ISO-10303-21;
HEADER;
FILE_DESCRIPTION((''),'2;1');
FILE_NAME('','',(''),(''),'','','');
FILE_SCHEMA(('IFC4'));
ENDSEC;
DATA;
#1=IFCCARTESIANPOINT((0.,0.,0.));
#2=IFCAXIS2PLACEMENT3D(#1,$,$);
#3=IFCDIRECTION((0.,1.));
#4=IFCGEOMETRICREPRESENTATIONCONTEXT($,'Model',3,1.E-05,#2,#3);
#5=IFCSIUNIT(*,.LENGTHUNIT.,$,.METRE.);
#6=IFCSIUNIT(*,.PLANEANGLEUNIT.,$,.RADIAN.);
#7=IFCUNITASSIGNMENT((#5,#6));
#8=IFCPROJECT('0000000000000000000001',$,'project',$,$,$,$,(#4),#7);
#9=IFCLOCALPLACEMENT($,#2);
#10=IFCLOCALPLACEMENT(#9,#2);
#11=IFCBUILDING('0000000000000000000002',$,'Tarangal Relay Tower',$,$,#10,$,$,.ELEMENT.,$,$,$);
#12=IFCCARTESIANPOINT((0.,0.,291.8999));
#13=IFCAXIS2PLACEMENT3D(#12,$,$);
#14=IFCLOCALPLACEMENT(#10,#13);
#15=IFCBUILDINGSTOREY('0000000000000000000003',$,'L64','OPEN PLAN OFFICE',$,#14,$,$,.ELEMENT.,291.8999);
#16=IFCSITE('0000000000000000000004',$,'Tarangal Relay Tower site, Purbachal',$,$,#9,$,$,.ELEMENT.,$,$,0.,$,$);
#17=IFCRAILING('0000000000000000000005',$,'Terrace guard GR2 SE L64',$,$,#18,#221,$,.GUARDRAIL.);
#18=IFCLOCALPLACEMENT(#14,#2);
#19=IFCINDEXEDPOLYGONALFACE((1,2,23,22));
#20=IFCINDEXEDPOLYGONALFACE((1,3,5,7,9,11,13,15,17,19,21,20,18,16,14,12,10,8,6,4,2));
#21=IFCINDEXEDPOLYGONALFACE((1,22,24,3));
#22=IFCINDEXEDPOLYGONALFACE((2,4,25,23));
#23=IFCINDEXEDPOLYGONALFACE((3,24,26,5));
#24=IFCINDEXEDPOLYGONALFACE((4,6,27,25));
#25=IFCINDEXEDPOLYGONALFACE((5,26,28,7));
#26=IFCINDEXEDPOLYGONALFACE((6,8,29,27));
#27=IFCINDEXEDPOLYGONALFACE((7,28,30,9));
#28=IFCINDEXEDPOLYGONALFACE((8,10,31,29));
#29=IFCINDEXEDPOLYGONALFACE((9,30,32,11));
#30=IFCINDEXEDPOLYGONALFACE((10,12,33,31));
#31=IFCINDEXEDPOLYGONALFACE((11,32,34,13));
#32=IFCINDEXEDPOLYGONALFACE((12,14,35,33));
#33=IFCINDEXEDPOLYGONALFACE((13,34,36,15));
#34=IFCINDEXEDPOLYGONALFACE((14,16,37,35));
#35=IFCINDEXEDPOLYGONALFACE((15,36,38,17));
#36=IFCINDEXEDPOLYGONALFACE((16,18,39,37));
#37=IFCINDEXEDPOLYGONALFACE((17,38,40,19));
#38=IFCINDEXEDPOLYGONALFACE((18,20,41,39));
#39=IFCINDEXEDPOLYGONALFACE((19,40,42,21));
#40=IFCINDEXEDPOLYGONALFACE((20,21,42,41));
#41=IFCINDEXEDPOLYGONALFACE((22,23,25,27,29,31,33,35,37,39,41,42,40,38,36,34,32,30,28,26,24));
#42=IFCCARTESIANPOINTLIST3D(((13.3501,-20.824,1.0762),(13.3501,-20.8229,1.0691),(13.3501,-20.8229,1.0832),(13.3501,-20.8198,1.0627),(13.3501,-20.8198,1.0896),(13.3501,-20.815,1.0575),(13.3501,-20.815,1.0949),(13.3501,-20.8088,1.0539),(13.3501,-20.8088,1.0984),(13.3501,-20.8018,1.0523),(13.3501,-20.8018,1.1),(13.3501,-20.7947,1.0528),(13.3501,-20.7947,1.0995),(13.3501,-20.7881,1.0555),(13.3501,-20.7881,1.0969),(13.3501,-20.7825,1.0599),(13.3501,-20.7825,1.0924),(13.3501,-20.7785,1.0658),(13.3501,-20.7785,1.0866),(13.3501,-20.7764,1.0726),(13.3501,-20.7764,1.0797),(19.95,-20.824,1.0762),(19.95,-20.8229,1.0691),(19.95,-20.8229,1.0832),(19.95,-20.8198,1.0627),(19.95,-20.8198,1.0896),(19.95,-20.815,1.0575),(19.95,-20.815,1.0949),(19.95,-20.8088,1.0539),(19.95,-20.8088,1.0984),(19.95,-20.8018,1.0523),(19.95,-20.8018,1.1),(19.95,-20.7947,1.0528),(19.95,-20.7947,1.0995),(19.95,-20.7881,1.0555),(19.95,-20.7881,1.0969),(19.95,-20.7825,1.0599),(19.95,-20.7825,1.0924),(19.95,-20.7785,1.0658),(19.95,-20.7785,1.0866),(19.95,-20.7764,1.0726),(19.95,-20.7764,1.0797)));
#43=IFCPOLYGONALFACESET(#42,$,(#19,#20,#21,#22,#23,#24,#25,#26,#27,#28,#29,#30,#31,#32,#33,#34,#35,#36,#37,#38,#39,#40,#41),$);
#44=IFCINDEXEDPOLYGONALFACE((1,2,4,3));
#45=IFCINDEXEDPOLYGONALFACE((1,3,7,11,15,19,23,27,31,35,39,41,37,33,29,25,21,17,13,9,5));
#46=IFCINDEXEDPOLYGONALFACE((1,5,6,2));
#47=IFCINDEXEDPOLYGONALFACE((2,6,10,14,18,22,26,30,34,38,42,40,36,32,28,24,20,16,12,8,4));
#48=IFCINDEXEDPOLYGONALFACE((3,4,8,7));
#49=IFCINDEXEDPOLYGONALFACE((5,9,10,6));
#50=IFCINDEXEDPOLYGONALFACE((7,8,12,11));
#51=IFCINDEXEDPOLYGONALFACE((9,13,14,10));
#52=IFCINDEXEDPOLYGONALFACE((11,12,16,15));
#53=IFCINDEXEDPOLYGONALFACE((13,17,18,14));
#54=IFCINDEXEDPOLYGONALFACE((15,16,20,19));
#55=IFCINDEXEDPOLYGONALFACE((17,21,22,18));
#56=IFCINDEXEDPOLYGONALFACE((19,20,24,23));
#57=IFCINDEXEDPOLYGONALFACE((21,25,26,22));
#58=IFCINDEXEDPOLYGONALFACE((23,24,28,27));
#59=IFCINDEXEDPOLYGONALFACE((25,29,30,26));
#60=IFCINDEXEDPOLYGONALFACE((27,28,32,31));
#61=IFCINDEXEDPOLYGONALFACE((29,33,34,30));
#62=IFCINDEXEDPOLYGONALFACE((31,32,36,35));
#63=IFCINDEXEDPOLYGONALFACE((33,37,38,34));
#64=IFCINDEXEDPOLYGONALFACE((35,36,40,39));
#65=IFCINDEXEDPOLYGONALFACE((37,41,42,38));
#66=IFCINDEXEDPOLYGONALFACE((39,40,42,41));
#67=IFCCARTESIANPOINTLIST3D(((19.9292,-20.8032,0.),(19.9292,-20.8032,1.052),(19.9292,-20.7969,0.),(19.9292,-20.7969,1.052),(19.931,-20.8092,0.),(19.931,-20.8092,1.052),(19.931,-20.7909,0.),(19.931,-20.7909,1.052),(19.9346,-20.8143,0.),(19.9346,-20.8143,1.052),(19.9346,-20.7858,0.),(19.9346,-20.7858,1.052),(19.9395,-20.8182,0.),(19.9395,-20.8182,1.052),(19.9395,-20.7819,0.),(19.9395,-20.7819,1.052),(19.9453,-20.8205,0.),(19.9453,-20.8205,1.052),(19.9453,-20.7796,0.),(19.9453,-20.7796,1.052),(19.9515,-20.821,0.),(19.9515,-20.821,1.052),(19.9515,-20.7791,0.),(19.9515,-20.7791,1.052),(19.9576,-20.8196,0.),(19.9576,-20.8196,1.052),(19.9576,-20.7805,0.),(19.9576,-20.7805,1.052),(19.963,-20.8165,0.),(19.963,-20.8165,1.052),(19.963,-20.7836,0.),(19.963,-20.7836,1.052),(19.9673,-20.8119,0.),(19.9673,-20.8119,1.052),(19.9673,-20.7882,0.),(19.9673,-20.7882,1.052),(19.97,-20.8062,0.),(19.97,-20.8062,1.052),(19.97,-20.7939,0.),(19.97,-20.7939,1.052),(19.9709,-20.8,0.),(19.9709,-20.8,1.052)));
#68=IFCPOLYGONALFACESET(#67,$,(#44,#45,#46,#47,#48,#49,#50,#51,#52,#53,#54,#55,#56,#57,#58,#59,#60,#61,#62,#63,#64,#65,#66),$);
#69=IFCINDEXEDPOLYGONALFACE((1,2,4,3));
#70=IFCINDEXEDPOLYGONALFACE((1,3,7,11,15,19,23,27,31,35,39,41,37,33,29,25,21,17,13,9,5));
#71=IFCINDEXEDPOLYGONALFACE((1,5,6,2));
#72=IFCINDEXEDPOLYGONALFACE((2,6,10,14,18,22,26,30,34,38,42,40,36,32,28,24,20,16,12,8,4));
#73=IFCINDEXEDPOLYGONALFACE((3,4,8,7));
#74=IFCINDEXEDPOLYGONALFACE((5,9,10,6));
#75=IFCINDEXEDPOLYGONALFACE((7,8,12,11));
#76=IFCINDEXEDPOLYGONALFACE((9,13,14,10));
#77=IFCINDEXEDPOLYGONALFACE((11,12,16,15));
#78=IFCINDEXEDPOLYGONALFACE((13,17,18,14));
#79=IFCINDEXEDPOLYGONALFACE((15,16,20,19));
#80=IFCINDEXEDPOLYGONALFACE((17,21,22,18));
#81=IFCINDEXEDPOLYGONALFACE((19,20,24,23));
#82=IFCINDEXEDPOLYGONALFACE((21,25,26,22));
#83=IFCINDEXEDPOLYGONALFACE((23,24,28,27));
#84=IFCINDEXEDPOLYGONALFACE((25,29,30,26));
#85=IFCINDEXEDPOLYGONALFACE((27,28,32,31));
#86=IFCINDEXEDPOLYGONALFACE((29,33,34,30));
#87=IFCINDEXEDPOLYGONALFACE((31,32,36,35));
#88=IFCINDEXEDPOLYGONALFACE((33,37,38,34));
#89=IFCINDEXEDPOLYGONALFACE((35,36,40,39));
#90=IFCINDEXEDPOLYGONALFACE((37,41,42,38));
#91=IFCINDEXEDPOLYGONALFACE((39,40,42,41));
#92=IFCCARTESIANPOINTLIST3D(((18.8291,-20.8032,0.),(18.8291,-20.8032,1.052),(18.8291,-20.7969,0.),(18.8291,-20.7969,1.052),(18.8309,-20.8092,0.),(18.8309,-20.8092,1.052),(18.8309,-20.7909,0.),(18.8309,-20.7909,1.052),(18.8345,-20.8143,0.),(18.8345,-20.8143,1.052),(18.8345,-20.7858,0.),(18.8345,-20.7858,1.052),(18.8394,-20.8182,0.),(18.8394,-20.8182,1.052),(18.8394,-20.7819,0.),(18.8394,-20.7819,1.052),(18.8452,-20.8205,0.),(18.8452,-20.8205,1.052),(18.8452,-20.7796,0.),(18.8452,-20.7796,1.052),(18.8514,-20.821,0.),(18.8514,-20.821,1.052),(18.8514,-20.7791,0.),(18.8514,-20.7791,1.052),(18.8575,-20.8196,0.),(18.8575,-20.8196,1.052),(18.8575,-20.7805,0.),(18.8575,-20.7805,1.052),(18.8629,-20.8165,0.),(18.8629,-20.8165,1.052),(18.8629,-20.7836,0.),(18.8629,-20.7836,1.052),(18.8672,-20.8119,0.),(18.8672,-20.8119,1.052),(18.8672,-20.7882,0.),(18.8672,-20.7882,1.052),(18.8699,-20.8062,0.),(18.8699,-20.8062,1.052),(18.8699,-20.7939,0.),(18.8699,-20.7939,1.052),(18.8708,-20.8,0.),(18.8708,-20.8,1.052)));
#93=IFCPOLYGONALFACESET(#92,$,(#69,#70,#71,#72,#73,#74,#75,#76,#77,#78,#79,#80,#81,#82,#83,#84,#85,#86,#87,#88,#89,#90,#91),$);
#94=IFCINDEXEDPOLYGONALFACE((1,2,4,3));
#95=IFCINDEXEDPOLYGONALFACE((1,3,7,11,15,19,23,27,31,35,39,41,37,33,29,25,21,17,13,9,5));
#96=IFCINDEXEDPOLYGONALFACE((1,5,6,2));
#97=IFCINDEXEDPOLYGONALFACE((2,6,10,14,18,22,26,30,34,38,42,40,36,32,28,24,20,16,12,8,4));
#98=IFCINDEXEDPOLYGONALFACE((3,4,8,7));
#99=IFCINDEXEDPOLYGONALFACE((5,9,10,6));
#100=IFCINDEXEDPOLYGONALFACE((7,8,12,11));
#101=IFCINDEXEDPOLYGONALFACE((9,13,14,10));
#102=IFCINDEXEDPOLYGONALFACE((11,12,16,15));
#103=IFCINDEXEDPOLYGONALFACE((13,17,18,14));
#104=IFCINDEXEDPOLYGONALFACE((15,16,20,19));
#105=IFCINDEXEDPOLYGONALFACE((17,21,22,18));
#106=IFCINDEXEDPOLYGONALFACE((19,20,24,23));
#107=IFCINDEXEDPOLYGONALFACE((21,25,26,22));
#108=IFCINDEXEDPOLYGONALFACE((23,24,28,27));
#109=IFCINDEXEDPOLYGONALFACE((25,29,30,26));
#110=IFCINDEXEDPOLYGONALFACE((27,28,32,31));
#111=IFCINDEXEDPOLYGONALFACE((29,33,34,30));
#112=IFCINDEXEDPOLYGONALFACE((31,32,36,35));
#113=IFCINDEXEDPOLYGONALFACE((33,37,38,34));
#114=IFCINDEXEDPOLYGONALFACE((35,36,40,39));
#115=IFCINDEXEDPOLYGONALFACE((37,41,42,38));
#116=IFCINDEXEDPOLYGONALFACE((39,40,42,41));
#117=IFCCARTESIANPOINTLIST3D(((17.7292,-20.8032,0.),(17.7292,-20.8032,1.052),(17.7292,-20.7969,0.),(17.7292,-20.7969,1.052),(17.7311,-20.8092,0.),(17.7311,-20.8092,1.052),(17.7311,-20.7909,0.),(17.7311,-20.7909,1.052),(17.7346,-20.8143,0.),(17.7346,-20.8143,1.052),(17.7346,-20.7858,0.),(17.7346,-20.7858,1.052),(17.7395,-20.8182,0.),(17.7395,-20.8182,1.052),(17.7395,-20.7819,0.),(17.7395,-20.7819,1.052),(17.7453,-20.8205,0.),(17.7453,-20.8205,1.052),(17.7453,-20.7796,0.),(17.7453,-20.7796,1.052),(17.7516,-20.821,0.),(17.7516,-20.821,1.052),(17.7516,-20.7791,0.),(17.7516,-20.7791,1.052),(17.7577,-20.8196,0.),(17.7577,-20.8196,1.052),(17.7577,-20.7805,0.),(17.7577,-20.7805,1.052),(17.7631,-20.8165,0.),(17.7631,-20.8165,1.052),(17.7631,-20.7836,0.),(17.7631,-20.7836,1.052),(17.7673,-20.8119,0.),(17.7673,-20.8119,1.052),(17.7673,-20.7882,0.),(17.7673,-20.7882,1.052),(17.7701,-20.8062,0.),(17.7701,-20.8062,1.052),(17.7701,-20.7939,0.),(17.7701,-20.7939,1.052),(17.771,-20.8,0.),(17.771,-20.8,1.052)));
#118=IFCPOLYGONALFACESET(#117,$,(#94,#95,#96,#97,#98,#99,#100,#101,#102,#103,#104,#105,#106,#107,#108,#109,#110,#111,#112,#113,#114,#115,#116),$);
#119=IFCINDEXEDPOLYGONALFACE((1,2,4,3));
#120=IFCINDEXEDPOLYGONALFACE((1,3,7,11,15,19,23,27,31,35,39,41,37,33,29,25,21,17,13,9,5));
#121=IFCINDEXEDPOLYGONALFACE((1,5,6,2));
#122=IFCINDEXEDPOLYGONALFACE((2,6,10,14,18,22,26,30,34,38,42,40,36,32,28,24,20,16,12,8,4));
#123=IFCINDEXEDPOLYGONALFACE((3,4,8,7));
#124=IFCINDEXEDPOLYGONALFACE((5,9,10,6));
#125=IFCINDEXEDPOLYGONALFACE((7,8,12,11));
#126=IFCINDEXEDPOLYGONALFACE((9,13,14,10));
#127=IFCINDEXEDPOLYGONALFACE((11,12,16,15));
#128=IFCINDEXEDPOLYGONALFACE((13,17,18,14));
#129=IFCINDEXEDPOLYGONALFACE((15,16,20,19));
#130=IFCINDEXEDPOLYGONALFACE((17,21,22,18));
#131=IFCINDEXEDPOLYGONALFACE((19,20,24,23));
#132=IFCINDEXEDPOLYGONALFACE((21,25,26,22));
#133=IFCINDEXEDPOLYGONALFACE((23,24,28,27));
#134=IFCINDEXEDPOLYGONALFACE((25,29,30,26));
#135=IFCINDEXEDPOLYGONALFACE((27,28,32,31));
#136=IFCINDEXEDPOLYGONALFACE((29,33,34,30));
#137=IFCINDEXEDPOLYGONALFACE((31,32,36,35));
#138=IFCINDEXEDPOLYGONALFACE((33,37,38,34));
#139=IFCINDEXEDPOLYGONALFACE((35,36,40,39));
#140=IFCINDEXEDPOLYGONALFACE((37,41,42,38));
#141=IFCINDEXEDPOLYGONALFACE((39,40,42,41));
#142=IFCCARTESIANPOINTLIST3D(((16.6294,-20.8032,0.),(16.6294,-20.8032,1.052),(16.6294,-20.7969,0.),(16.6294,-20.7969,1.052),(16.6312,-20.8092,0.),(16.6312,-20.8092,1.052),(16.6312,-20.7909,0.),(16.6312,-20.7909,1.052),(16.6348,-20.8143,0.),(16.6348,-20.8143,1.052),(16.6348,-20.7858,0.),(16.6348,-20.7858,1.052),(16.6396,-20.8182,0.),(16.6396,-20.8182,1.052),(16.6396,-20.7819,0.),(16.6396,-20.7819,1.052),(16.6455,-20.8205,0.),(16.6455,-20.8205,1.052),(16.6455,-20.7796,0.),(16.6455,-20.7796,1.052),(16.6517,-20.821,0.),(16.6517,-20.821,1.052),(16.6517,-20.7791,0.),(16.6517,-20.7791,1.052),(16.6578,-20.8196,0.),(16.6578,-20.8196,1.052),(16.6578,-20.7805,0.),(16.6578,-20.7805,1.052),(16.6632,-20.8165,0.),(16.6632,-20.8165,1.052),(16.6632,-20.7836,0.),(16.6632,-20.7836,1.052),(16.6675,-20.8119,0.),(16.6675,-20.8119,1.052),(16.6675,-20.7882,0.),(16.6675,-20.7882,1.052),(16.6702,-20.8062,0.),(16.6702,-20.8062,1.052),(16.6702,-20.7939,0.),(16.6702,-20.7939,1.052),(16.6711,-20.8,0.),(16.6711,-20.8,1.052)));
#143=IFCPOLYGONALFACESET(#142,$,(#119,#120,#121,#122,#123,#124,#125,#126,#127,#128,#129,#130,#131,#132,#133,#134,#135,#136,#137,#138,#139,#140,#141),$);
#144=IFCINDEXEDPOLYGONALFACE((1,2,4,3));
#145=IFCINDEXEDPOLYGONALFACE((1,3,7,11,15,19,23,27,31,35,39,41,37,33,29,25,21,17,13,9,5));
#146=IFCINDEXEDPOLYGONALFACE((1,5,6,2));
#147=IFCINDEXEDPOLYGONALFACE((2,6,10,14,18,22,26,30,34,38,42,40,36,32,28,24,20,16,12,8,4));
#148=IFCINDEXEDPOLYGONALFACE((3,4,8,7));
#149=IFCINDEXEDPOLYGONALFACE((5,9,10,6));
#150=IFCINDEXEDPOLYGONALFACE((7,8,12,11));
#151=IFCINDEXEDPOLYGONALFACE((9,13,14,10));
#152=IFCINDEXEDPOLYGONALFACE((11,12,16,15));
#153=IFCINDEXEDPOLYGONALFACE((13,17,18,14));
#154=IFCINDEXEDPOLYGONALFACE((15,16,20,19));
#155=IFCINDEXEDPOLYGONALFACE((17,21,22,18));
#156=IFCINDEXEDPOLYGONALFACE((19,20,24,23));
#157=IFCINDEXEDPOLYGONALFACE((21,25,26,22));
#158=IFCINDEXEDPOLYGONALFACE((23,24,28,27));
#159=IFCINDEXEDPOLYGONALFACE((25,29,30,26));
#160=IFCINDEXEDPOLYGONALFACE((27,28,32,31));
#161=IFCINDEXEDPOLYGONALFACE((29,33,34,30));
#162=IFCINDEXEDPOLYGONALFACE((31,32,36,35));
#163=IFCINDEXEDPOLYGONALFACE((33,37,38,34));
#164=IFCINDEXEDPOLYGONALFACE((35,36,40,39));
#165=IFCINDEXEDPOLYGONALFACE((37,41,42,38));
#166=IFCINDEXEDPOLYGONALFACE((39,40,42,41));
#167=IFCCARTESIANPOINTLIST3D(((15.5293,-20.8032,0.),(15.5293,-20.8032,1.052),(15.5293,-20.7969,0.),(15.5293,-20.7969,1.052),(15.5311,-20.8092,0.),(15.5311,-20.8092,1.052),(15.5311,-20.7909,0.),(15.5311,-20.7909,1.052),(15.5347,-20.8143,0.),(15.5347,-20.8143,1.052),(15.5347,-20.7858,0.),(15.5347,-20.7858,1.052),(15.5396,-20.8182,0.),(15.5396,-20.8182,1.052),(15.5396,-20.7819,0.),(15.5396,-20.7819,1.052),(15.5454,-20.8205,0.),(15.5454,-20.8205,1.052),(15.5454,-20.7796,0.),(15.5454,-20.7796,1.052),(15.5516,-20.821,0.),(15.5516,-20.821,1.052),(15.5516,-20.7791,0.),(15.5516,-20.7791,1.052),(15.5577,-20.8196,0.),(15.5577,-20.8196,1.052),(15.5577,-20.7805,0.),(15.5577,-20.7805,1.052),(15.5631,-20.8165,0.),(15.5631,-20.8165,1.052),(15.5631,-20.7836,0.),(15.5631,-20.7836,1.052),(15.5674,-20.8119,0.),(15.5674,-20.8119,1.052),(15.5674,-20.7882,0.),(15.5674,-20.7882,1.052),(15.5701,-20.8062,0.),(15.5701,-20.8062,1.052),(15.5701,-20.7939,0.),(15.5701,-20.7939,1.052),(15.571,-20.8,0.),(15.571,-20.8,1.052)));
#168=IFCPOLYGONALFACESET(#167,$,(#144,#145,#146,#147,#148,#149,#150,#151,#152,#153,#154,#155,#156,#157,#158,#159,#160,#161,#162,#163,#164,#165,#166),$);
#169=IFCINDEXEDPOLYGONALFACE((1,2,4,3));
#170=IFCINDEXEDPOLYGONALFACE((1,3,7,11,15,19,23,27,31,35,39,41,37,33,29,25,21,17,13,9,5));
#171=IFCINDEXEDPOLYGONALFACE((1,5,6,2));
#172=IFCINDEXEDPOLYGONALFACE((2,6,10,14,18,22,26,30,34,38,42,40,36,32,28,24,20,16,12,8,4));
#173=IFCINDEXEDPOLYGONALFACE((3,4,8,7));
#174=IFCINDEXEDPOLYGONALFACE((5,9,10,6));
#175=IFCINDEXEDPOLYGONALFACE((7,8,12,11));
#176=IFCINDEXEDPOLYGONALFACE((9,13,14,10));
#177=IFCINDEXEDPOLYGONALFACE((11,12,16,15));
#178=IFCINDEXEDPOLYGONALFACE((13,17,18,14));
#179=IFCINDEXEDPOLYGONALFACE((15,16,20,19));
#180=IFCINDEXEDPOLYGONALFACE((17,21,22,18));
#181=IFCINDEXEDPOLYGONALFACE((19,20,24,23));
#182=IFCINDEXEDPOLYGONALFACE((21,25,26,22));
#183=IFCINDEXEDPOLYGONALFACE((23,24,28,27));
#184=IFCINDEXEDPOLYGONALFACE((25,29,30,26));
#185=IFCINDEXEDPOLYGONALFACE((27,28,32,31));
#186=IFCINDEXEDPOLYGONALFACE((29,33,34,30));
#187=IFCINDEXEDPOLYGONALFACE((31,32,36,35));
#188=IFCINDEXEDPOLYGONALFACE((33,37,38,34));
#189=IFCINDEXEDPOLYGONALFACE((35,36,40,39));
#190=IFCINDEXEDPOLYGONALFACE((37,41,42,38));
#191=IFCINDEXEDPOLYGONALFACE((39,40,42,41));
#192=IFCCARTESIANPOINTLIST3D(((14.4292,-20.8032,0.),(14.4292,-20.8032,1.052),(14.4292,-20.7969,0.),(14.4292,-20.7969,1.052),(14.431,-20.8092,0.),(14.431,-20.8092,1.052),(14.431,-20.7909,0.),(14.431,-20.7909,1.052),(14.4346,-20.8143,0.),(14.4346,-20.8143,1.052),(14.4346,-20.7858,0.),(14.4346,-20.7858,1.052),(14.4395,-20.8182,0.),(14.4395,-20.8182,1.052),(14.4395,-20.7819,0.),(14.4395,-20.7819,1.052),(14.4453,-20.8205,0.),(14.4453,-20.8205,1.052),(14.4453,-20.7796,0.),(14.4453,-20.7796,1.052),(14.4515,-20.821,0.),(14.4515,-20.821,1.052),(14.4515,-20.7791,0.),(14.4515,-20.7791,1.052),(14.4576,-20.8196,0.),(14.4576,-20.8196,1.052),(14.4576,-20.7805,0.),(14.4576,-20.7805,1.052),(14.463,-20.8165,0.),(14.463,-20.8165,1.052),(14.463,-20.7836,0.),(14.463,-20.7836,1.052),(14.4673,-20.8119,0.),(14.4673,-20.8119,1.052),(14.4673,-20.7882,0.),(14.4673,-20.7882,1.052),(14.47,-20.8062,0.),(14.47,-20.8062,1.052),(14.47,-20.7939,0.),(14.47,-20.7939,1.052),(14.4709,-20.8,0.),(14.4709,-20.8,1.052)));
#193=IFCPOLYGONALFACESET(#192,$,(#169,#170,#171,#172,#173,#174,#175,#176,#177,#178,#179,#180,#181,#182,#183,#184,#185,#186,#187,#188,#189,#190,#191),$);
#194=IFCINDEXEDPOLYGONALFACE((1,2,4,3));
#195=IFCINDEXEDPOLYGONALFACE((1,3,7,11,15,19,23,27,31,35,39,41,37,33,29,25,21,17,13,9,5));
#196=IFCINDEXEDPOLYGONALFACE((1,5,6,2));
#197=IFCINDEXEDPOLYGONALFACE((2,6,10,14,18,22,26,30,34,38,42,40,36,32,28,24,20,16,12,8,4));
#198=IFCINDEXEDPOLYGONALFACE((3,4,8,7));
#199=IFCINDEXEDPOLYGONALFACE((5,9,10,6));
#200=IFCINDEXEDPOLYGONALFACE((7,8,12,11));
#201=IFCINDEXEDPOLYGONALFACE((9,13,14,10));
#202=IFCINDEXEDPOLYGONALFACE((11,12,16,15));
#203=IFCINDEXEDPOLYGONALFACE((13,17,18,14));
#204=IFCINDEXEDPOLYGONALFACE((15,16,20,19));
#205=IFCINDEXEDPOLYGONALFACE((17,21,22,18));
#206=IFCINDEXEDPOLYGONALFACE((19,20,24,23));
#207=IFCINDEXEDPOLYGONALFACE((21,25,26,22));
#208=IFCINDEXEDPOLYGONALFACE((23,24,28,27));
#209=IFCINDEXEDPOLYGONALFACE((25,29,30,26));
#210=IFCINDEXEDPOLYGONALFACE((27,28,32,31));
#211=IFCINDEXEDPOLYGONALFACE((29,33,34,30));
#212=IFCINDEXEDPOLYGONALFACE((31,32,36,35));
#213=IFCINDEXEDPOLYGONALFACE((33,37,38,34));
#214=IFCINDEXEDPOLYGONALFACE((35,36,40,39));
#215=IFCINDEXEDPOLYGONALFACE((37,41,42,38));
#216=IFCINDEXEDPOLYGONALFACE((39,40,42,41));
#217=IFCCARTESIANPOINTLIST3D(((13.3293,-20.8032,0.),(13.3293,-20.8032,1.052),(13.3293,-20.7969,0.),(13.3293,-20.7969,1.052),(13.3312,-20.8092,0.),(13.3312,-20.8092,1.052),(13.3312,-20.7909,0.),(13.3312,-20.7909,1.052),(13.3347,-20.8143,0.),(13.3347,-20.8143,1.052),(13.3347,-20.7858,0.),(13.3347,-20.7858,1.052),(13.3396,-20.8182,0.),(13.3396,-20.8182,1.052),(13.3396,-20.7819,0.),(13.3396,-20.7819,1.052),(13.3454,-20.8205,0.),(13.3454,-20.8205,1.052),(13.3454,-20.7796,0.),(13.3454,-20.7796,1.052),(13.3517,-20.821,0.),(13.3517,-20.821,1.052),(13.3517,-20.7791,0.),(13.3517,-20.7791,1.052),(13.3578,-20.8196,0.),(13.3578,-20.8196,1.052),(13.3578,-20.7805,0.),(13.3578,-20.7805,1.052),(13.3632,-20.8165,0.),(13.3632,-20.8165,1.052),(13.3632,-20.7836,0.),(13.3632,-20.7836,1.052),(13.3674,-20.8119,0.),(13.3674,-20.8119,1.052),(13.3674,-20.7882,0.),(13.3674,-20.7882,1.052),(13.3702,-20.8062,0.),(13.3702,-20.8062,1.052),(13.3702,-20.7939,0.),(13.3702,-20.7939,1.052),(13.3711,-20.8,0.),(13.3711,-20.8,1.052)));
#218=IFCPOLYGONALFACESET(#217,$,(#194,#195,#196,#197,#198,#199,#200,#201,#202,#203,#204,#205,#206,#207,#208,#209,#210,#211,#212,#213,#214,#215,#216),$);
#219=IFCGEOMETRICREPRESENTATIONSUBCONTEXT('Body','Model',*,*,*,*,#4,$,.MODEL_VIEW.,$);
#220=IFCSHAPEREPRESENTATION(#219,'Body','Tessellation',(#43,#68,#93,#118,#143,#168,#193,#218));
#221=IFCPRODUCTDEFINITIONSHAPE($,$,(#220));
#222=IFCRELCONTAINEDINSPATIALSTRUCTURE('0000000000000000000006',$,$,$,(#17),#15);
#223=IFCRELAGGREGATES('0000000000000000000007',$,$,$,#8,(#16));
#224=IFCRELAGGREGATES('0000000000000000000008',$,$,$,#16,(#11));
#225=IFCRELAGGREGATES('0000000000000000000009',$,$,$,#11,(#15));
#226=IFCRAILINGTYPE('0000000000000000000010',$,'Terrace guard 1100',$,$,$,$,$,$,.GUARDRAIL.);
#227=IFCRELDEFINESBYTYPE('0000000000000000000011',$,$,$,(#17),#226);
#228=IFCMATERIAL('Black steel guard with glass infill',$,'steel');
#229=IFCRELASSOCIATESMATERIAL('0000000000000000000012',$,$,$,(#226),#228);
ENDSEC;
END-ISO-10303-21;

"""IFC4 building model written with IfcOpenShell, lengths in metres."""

from ifc_helpers import new_model, si_unit, direction, frame, origin, origin_2d, place, context, subcontext, project, spatial, circle, extrude, material, type_object, element, save


model = new_model("IFC4")

# Units and contexts
model_context = context("Model", 3, precision=1e-05, world=origin(), true_north=direction((0.0, 1.0)))
body_context = subcontext(model_context, "Body", "Model", "MODEL_VIEW")
ifc_project = project(units=[si_unit("LENGTHUNIT", "METRE"), si_unit("PLANEANGLEUNIT", "RADIAN")], contexts=[model_context])

# Site, building, storey
site_placement = place(None, origin())
site = spatial("IfcSite", under=ifc_project, at=site_placement, Name="Tarangal Relay Tower site, Purbachal", CompositionType="ELEMENT", RefElevation=0.0)
building_placement = place(site_placement, origin())
building = spatial("IfcBuilding", under=site, at=building_placement, Name="Tarangal Relay Tower", CompositionType="ELEMENT")
storey_placement = place(building_placement, frame((0.0, 0.0, 291.8999)))
storey = spatial("IfcBuildingStorey", under=building, at=storey_placement, Name="L64", Description="OPEN PLAN OFFICE", CompositionType="ELEMENT", Elevation=291.8999)

# Railing
ifc_material_1 = material(Name="Black steel guard with glass infill", Category="steel")
railing_type = type_object("IfcRailingType", Name="Terrace guard 1100", PredefinedType="GUARDRAIL", material=ifc_material_1)
railing_1_placement = place(storey_placement, frame((19.95, -20.8, 0.0)))
element("IfcRailing", 1, at=railing_1_placement, inside=storey, type_object=railing_type, Name="Terrace guard GR2 SE L64", PredefinedType="GUARDRAIL", context=body_context, shape_type="SweptSolid", body=[
    extrude(circle(Radius=0.0239, at=origin_2d()), frame((0.0, 0.0, 1.0762), z_axis=(-1.0, 0.0, 0.0), x_axis=(0.0, -1.0, 0.0)), (0.0, 0.0, 1.0), 6.5999),
    extrude(circle(Radius=0.021, at=origin_2d()), origin(), (0.0, 0.0, 1.0), 1.052),
    extrude(circle(Radius=0.021, at=origin_2d()), frame((-1.1001, 0.0, 0.0)), (0.0, 0.0, 1.0), 1.052),
    extrude(circle(Radius=0.021, at=origin_2d()), frame((-2.2, 0.0, 0.0)), (0.0, 0.0, 1.0), 1.052),
    extrude(circle(Radius=0.021, at=origin_2d()), frame((-3.2998, 0.0, 0.0)), (0.0, 0.0, 1.0), 1.052),
    extrude(circle(Radius=0.021, at=origin_2d()), frame((-4.3999, 0.0, 0.0)), (0.0, 0.0, 1.0), 1.052),
    extrude(circle(Radius=0.021, at=origin_2d()), frame((-5.5, 0.0, 0.0)), (0.0, 0.0, 1.0), 1.052),
    extrude(circle(Radius=0.021, at=origin_2d()), frame((-6.5999, 0.0, 0.0)), (0.0, 0.0, 1.0), 1.052),
])

save(model, "model.ifc")
